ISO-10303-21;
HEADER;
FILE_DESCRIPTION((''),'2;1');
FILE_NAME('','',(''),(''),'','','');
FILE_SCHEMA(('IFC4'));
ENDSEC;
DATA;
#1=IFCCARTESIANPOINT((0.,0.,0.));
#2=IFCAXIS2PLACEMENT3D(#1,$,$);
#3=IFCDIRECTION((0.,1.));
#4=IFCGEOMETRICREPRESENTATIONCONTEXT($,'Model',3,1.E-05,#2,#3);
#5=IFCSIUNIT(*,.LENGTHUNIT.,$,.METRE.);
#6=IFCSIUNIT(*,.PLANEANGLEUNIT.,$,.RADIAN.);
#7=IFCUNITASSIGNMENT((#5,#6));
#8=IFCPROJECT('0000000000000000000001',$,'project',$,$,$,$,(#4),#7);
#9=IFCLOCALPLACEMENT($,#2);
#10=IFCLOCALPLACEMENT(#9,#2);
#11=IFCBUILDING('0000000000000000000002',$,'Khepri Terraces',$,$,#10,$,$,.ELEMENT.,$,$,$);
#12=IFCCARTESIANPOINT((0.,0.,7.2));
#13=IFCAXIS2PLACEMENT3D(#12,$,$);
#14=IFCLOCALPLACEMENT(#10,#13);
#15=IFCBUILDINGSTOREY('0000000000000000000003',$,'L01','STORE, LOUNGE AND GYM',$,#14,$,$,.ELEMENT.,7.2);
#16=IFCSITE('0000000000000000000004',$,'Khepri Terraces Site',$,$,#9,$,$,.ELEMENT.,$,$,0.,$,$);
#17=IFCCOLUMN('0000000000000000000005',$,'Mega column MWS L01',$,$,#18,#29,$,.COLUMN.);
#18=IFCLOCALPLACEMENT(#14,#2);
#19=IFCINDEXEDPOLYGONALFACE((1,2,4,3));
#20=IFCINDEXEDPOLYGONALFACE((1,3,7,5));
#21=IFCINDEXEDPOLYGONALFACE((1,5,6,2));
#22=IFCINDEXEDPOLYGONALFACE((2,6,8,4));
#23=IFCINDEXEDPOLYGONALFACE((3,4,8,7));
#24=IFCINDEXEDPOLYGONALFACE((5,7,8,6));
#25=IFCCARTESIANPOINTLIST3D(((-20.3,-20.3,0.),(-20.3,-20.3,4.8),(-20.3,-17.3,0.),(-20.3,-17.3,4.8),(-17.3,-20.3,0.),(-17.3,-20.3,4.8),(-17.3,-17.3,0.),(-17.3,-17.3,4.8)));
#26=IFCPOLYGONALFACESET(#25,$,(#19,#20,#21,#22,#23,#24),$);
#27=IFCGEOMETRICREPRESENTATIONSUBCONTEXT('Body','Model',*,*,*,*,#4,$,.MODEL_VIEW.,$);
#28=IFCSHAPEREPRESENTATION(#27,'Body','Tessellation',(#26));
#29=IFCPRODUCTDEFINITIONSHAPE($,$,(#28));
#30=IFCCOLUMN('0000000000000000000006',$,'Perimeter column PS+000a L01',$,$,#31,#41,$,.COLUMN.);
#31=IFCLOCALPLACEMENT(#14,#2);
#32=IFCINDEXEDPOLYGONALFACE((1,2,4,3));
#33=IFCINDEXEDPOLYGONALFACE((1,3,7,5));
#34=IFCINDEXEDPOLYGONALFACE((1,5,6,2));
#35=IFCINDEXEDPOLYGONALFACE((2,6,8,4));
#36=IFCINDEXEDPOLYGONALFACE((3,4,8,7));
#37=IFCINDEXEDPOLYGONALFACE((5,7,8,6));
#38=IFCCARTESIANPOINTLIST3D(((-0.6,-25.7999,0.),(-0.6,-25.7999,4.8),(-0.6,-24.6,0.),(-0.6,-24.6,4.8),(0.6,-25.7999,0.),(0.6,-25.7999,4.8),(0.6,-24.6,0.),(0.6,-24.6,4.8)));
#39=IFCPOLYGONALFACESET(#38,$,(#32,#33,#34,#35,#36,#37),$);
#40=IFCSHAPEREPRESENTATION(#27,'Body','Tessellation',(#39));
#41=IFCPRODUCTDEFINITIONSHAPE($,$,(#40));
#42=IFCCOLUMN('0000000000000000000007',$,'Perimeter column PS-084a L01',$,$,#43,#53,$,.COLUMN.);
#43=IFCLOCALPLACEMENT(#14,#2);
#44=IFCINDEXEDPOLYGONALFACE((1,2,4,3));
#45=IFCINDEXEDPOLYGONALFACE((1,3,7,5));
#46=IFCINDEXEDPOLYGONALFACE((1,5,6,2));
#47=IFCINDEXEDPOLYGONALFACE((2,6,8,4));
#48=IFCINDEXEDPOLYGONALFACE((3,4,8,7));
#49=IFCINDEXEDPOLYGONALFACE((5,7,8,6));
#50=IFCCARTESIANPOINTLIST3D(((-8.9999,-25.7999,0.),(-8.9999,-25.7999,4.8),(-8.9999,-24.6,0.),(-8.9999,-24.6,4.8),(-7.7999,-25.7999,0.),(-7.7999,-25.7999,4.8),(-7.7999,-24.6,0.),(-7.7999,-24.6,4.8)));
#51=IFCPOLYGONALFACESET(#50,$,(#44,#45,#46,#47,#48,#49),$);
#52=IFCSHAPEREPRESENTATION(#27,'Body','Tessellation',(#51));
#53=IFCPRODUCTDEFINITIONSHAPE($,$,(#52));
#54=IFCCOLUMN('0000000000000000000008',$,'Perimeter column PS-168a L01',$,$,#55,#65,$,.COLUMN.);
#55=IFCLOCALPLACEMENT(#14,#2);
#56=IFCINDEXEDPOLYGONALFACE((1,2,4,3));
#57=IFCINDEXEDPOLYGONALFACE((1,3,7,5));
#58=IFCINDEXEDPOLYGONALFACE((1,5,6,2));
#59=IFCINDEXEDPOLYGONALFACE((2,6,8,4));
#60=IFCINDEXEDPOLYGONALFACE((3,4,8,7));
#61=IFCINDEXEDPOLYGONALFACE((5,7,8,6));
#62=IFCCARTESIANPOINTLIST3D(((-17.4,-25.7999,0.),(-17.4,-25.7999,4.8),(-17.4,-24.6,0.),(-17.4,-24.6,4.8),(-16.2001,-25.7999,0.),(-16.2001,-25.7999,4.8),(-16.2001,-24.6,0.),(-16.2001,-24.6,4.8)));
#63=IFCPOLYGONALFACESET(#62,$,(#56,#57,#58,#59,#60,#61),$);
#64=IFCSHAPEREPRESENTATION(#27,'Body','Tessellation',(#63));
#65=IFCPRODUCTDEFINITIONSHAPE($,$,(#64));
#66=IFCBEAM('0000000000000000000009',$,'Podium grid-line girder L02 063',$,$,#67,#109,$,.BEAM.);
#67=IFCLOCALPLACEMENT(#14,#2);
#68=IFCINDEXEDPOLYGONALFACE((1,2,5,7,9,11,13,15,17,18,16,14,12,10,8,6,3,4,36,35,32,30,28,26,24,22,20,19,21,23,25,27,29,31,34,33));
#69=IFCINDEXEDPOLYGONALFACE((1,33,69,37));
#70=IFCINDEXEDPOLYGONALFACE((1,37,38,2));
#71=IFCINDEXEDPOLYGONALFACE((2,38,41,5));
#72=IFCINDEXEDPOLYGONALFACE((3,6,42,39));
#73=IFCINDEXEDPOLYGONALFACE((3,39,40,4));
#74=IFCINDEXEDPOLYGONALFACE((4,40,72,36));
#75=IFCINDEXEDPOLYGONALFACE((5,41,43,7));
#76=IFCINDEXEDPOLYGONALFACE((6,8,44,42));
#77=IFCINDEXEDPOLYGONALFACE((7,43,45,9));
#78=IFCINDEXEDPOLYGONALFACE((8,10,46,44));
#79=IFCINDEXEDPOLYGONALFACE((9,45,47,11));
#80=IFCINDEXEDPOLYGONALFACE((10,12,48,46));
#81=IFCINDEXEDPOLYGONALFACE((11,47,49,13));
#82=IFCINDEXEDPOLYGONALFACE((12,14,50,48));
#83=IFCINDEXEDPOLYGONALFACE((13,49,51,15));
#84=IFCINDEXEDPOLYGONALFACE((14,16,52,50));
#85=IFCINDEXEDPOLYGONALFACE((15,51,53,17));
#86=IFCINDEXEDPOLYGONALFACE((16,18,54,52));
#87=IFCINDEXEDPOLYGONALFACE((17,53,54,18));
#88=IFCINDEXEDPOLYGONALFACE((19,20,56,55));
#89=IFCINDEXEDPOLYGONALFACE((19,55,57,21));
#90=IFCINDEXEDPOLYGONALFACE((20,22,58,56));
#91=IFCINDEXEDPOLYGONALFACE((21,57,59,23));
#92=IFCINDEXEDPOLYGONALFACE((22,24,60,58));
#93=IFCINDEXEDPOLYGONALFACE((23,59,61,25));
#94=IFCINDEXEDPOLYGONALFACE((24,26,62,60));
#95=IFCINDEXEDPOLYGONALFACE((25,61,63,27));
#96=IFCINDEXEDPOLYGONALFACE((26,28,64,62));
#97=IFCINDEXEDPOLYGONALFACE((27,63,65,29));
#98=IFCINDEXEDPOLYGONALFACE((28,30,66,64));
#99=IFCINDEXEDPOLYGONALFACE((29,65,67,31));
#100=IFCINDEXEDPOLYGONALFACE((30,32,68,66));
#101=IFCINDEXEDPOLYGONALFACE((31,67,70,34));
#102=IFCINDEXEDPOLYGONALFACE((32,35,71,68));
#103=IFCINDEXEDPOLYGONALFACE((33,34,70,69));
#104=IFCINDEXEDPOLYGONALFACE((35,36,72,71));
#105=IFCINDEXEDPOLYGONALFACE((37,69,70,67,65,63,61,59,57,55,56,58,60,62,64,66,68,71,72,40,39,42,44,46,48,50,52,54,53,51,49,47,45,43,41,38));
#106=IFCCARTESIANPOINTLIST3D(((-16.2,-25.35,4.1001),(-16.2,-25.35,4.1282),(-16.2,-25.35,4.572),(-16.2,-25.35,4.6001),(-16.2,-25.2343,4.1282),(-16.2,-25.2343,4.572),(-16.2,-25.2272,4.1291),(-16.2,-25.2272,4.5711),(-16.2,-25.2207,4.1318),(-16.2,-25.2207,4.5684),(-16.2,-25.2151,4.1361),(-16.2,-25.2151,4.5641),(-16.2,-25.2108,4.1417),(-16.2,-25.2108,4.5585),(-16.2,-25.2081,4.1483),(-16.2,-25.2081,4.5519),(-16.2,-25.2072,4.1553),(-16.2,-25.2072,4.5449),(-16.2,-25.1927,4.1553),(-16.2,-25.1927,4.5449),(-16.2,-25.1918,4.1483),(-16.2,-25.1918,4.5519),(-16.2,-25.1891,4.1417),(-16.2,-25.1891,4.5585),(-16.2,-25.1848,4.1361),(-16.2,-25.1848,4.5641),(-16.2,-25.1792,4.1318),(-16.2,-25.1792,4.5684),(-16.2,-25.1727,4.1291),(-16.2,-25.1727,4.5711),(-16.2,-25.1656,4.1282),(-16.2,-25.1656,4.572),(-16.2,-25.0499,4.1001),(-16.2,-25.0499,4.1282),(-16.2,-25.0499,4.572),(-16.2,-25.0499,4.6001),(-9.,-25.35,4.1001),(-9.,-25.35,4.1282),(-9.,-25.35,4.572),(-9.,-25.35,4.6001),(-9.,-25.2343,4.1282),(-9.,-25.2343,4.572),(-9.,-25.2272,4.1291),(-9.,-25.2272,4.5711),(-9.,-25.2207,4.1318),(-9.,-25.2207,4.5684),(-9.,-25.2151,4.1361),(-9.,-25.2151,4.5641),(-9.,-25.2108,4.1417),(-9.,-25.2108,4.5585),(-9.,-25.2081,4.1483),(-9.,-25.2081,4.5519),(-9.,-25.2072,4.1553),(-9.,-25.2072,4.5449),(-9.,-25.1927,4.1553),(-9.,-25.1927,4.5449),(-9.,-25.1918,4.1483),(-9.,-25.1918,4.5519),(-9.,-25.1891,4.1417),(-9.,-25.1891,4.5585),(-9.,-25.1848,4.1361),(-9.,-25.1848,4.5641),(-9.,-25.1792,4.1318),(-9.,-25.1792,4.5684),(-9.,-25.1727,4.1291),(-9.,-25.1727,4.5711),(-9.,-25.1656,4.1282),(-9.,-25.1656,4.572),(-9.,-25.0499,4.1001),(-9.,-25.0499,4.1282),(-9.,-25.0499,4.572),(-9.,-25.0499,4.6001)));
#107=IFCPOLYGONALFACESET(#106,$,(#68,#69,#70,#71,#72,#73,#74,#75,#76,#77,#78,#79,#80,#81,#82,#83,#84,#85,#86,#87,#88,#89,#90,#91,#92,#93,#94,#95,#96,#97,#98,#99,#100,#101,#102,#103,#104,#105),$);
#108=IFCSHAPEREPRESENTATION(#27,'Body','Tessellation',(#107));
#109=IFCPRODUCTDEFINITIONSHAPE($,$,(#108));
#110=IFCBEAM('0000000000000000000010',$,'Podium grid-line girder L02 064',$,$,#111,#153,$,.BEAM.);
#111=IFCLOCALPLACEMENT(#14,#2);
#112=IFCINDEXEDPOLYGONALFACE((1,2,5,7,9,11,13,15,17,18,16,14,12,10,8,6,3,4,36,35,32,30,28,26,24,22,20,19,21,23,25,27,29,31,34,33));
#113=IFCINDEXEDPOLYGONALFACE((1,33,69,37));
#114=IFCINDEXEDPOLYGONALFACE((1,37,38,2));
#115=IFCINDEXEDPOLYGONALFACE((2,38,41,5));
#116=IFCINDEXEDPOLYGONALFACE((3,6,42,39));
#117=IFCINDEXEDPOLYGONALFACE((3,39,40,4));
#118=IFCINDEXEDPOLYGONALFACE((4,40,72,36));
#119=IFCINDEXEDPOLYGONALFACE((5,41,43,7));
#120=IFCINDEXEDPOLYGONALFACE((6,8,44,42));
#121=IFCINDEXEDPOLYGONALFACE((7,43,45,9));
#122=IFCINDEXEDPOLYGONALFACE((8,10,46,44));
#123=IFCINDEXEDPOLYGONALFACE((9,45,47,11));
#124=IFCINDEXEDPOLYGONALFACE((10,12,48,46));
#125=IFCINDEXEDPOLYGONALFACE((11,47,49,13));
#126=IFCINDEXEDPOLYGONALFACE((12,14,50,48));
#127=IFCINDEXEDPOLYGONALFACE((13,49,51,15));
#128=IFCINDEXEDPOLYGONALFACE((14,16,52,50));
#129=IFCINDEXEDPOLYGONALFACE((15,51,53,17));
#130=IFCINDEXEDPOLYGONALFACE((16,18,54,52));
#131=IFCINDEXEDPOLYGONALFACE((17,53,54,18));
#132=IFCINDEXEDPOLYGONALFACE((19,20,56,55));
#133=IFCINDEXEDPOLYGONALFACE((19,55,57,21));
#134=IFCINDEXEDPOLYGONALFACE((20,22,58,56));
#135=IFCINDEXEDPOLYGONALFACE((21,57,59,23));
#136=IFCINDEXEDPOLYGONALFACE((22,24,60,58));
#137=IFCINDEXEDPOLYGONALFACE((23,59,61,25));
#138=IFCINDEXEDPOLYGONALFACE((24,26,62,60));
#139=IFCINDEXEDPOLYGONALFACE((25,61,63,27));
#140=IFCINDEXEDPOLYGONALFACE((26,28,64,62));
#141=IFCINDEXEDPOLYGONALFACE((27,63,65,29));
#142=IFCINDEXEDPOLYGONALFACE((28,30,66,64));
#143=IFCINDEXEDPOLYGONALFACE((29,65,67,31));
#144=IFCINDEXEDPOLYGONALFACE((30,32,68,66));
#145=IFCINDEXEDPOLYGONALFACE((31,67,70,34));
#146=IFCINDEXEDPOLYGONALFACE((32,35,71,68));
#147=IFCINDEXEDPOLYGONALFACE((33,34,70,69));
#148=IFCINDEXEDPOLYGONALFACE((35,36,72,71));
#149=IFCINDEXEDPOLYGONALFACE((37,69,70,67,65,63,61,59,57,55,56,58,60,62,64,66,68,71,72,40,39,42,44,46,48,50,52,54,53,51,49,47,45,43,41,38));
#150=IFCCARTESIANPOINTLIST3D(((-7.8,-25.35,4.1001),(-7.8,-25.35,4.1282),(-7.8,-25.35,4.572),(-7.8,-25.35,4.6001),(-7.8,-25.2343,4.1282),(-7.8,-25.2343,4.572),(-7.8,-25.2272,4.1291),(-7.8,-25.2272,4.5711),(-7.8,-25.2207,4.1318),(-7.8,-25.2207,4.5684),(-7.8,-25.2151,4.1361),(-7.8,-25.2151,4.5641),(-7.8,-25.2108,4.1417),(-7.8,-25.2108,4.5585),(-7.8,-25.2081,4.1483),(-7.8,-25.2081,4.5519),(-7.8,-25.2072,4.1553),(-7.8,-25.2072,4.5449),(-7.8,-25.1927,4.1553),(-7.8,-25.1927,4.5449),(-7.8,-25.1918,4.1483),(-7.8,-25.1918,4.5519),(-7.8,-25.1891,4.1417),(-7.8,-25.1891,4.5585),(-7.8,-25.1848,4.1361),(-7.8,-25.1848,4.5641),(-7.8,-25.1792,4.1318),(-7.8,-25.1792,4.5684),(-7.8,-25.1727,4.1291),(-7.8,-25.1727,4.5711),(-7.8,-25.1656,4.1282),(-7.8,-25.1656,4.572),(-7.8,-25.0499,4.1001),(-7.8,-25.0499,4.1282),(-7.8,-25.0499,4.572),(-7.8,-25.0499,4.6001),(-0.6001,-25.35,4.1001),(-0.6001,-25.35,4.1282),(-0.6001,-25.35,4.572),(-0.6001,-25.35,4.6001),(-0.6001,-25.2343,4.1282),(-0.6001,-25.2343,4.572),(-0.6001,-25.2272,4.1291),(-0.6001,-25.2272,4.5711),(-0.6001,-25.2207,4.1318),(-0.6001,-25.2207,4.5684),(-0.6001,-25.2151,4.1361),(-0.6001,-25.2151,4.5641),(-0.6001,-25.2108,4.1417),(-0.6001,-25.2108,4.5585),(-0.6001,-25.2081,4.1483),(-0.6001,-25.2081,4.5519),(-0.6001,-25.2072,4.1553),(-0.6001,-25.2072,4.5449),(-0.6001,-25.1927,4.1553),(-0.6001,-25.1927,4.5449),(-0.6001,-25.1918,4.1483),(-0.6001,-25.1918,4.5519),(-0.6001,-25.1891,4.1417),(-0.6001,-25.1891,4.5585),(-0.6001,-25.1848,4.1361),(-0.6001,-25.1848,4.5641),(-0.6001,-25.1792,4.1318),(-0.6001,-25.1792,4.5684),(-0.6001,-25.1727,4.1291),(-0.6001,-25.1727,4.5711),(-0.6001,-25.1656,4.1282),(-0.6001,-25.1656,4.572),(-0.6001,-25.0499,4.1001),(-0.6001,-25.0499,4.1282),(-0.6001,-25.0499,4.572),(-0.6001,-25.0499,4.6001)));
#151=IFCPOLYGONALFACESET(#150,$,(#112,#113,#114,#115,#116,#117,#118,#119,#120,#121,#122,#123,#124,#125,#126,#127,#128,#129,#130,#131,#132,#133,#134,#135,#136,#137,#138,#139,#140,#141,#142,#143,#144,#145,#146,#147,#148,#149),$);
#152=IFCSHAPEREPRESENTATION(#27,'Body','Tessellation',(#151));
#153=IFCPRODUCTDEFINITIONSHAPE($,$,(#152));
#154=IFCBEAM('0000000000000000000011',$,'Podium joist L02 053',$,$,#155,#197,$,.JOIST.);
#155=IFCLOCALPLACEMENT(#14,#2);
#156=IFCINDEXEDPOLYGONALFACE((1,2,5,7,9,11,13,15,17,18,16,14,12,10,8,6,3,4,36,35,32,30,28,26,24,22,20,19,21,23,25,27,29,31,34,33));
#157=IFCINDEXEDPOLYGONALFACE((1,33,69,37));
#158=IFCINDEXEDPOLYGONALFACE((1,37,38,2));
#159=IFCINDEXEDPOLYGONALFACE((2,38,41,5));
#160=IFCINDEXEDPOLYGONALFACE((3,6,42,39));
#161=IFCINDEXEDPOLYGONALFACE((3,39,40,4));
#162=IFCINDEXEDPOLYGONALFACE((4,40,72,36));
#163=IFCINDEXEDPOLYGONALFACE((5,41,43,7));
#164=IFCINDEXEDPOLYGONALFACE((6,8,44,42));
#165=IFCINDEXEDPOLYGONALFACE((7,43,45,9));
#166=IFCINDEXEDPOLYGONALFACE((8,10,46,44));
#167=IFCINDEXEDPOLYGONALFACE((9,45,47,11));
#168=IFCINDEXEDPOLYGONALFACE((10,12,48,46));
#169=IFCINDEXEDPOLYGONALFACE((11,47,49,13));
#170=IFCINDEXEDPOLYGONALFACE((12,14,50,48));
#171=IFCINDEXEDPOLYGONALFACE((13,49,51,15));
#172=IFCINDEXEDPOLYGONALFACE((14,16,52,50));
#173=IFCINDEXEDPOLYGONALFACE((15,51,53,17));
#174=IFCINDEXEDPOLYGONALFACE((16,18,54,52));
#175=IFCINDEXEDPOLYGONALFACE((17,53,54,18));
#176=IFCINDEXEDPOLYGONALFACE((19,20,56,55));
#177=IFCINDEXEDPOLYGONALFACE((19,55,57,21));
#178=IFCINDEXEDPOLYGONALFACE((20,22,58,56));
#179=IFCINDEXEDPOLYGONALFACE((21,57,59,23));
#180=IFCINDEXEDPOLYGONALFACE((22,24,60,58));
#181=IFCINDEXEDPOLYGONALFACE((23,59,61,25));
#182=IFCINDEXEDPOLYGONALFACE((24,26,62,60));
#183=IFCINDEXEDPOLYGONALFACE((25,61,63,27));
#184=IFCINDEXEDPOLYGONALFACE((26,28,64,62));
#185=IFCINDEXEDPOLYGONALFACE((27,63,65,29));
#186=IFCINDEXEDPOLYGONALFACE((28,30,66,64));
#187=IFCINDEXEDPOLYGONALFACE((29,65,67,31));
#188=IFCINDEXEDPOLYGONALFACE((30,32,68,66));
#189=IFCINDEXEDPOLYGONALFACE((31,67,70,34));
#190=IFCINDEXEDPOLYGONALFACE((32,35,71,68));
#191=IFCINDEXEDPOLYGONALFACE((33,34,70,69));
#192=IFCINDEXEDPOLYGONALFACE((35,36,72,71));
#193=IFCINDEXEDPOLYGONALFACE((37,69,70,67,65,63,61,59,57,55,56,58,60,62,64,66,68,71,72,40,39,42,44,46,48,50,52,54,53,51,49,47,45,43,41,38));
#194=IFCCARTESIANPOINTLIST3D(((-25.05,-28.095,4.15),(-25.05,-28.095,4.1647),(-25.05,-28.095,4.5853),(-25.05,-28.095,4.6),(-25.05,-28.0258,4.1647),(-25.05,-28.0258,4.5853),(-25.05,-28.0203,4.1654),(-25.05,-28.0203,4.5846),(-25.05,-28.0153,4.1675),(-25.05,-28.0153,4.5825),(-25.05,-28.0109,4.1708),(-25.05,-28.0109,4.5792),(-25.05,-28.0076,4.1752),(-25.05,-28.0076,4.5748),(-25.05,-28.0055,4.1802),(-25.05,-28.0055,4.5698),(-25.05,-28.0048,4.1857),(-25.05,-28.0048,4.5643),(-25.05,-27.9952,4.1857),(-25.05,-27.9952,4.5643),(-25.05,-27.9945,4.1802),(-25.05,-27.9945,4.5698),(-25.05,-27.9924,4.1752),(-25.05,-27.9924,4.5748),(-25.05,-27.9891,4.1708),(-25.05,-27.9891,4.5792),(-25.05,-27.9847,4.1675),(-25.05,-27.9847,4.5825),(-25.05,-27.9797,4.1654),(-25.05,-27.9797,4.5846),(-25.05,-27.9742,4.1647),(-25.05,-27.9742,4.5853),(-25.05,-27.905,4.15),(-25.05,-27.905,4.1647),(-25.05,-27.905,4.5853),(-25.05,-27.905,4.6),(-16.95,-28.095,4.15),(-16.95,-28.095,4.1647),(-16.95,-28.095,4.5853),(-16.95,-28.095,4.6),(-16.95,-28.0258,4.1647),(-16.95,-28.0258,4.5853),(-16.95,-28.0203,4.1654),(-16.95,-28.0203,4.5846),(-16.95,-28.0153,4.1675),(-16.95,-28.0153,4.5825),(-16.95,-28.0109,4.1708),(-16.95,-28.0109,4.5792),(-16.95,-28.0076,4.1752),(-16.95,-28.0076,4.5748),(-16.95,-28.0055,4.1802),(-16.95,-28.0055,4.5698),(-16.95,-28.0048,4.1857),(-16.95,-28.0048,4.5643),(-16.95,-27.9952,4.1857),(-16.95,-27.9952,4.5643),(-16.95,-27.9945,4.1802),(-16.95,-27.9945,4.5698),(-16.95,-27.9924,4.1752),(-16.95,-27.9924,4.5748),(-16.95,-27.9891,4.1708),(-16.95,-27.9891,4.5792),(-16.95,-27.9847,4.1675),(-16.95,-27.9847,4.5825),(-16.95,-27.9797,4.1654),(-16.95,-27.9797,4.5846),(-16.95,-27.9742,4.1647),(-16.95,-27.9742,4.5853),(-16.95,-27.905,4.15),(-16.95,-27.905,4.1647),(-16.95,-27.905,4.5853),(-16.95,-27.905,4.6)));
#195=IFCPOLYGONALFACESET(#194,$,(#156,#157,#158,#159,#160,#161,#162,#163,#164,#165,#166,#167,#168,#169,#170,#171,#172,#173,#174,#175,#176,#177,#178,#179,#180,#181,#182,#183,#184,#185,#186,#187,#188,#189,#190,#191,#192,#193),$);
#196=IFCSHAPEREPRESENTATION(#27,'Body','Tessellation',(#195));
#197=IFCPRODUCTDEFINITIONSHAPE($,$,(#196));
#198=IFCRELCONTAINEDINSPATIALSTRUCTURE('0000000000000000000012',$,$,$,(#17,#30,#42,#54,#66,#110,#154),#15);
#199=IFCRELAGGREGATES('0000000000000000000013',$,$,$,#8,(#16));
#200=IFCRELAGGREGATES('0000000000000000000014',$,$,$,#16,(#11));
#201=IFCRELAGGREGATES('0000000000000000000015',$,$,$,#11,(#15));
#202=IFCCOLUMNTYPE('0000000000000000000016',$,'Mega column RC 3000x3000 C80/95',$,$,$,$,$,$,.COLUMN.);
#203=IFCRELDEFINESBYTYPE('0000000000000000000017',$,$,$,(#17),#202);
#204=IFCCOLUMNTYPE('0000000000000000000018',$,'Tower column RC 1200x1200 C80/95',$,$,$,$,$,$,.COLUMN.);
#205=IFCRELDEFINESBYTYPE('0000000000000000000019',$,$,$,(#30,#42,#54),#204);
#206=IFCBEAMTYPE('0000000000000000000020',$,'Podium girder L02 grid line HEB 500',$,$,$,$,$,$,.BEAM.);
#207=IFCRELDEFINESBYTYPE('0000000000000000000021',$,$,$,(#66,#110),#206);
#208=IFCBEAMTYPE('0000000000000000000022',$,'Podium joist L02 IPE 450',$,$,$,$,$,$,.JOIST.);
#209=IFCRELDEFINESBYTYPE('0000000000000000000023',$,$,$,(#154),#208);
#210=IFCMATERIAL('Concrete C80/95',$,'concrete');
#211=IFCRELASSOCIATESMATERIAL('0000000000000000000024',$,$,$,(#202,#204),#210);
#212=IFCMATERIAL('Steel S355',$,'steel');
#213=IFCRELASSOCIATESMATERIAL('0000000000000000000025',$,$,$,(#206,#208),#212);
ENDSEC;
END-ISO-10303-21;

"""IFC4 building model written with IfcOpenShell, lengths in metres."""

from ifc_helpers import new_model, si_unit, direction, frame, origin, origin_2d, place, context, subcontext, project, spatial, rectangle, i_section, extrude, material, material_profile, profile_set, type_object, element, save


model = new_model("IFC4")

# Units and contexts
model_context = context("Model", 3, precision=1e-05, world=origin(), true_north=direction((0.0, 1.0)))
body_context = subcontext(model_context, "Body", "Model", "MODEL_VIEW")
ifc_project = project(units=[si_unit("LENGTHUNIT", "METRE"), si_unit("PLANEANGLEUNIT", "RADIAN")], contexts=[model_context])

# Site, building, storey
site_placement = place(None, origin())
site = spatial("IfcSite", under=ifc_project, at=site_placement, Name="Khepri Terraces Site", CompositionType="ELEMENT", RefElevation=0.0)
building_placement = place(site_placement, origin())
building = spatial("IfcBuilding", under=site, at=building_placement, Name="Khepri Terraces", CompositionType="ELEMENT")
storey_placement = place(building_placement, frame((0.0, 0.0, 7.2)))
storey = spatial("IfcBuildingStorey", under=building, at=storey_placement, Name="L01", Description="STORE, LOUNGE AND GYM", CompositionType="ELEMENT", Elevation=7.2)

# Columns
ifc_material_1 = material(Name="Concrete C80/95", Category="concrete")
ifc_material_profile_1 = material_profile(ifc_material_1, rectangle(XDim=3.0, YDim=3.0, at=origin_2d()), Name="Concrete C80/95", Category="concrete")
ifc_profile_set_1 = profile_set([ifc_material_profile_1], Name="Concrete C80/95")
column_type_1 = type_object("IfcColumnType", Name="Mega column RC 3000x3000 C80/95", PredefinedType="COLUMN", material=ifc_profile_set_1)
column_placement = place(storey_placement, frame((-18.8, -18.8, 0.0), z_axis=(0.0, 0.0, 1.0), x_axis=(1.0, 0.0, 0.0)))
element("IfcColumn", 1, at=column_placement, inside=storey, type_object=column_type_1, Name="Mega column MWS L01", PredefinedType="COLUMN", context=body_context, shape_type="SweptSolid", body=[
    extrude(rectangle(XDim=3.0, YDim=3.0, at=origin_2d()), origin(), (0.0, 0.0, 1.0), 4.8),
])
ifc_material_profile_2 = material_profile(ifc_material_1, rectangle(XDim=1.2, YDim=1.2, at=origin_2d()), Name="Concrete C80/95", Category="concrete")
ifc_profile_set_2 = profile_set([ifc_material_profile_2], Name="Concrete C80/95")
column_type_2 = type_object("IfcColumnType", Name="Tower column RC 1200x1200 C80/95", PredefinedType="COLUMN", material=ifc_profile_set_2)
for number, where, z_axis, x_axis, name in (
    (2, (0.0, -25.2, 0.0), (0.0, 0.0, 1.0), (1.0, 0.0, 0.0), "Perimeter column PS+000a L01"),
    (3, (-8.3999, -25.2, 0.0), (0.0, 0.0, 1.0), (1.0, 0.0, 0.0), "Perimeter column PS-084a L01"),
    (4, (-16.8, -25.2, 0.0), (0.0, 0.0, 1.0), (1.0, 0.0, 0.0), "Perimeter column PS-168a L01"),
):
    element("IfcColumn", number, at=place(storey_placement, frame(where, z_axis=z_axis, x_axis=x_axis)), inside=storey, type_object=column_type_2, Name=name, PredefinedType="COLUMN", context=body_context, shape_type="SweptSolid", body=[
        extrude(rectangle(XDim=1.2, YDim=1.2, at=origin_2d()), origin(), (0.0, 0.0, 1.0), 4.8),
    ])

# Beams
ifc_material_2 = material(Name="Steel S355", Category="steel")
ifc_material_profile_3 = material_profile(ifc_material_2, i_section(OverallWidth=0.3, OverallDepth=0.5, WebThickness=0.0144, FlangeThickness=0.0281, FilletRadius=0.0271, at=origin_2d()), Name="Steel S355", Category="steel")
ifc_profile_set_3 = profile_set([ifc_material_profile_3], Name="Steel S355")
beam_type_1 = type_object("IfcBeamType", Name="Podium girder L02 grid line HEB 500", PredefinedType="BEAM", material=ifc_profile_set_3)
for number, where, z_axis, x_axis, name in (
    (5, (-16.2, -25.2, 4.3501), (1.0, 0.0, 0.0), (0.0, 1.0, 0.0), "Podium grid-line girder L02 063"),
    (6, (-7.8, -25.2, 4.3501), (1.0, 0.0, 0.0), (0.0, 1.0, 0.0), "Podium grid-line girder L02 064"),
):
    element("IfcBeam", number, at=place(storey_placement, frame(where, z_axis=z_axis, x_axis=x_axis)), inside=storey, type_object=beam_type_1, Name=name, PredefinedType="BEAM", context=body_context, shape_type="SweptSolid", body=[
        extrude(i_section(OverallWidth=0.3, OverallDepth=0.5, WebThickness=0.0144, FlangeThickness=0.0281, FilletRadius=0.0271, at=origin_2d()), origin(), (0.0, 0.0, 1.0), 7.2),
    ])
ifc_material_profile_4 = material_profile(ifc_material_2, i_section(OverallWidth=0.1899, OverallDepth=0.45, WebThickness=0.0095, FlangeThickness=0.0146, FilletRadius=0.021, at=origin_2d()), Name="Steel S355", Category="steel")
ifc_profile_set_4 = profile_set([ifc_material_profile_4], Name="Steel S355")
beam_type_2 = type_object("IfcBeamType", Name="Podium joist L02 IPE 450", PredefinedType="JOIST", material=ifc_profile_set_4)
beam_1_placement = place(storey_placement, frame((-25.05, -28.0, 4.375), z_axis=(1.0, 0.0, 0.0), x_axis=(0.0, 1.0, 0.0)))
element("IfcBeam", 7, at=beam_1_placement, inside=storey, type_object=beam_type_2, Name="Podium joist L02 053", PredefinedType="JOIST", context=body_context, shape_type="SweptSolid", body=[
    extrude(i_section(OverallWidth=0.1899, OverallDepth=0.45, WebThickness=0.0095, FlangeThickness=0.0146, FilletRadius=0.021, at=origin_2d()), origin(), (0.0, 0.0, 1.0), 8.1001),
])

save(model, "model.ifc")
